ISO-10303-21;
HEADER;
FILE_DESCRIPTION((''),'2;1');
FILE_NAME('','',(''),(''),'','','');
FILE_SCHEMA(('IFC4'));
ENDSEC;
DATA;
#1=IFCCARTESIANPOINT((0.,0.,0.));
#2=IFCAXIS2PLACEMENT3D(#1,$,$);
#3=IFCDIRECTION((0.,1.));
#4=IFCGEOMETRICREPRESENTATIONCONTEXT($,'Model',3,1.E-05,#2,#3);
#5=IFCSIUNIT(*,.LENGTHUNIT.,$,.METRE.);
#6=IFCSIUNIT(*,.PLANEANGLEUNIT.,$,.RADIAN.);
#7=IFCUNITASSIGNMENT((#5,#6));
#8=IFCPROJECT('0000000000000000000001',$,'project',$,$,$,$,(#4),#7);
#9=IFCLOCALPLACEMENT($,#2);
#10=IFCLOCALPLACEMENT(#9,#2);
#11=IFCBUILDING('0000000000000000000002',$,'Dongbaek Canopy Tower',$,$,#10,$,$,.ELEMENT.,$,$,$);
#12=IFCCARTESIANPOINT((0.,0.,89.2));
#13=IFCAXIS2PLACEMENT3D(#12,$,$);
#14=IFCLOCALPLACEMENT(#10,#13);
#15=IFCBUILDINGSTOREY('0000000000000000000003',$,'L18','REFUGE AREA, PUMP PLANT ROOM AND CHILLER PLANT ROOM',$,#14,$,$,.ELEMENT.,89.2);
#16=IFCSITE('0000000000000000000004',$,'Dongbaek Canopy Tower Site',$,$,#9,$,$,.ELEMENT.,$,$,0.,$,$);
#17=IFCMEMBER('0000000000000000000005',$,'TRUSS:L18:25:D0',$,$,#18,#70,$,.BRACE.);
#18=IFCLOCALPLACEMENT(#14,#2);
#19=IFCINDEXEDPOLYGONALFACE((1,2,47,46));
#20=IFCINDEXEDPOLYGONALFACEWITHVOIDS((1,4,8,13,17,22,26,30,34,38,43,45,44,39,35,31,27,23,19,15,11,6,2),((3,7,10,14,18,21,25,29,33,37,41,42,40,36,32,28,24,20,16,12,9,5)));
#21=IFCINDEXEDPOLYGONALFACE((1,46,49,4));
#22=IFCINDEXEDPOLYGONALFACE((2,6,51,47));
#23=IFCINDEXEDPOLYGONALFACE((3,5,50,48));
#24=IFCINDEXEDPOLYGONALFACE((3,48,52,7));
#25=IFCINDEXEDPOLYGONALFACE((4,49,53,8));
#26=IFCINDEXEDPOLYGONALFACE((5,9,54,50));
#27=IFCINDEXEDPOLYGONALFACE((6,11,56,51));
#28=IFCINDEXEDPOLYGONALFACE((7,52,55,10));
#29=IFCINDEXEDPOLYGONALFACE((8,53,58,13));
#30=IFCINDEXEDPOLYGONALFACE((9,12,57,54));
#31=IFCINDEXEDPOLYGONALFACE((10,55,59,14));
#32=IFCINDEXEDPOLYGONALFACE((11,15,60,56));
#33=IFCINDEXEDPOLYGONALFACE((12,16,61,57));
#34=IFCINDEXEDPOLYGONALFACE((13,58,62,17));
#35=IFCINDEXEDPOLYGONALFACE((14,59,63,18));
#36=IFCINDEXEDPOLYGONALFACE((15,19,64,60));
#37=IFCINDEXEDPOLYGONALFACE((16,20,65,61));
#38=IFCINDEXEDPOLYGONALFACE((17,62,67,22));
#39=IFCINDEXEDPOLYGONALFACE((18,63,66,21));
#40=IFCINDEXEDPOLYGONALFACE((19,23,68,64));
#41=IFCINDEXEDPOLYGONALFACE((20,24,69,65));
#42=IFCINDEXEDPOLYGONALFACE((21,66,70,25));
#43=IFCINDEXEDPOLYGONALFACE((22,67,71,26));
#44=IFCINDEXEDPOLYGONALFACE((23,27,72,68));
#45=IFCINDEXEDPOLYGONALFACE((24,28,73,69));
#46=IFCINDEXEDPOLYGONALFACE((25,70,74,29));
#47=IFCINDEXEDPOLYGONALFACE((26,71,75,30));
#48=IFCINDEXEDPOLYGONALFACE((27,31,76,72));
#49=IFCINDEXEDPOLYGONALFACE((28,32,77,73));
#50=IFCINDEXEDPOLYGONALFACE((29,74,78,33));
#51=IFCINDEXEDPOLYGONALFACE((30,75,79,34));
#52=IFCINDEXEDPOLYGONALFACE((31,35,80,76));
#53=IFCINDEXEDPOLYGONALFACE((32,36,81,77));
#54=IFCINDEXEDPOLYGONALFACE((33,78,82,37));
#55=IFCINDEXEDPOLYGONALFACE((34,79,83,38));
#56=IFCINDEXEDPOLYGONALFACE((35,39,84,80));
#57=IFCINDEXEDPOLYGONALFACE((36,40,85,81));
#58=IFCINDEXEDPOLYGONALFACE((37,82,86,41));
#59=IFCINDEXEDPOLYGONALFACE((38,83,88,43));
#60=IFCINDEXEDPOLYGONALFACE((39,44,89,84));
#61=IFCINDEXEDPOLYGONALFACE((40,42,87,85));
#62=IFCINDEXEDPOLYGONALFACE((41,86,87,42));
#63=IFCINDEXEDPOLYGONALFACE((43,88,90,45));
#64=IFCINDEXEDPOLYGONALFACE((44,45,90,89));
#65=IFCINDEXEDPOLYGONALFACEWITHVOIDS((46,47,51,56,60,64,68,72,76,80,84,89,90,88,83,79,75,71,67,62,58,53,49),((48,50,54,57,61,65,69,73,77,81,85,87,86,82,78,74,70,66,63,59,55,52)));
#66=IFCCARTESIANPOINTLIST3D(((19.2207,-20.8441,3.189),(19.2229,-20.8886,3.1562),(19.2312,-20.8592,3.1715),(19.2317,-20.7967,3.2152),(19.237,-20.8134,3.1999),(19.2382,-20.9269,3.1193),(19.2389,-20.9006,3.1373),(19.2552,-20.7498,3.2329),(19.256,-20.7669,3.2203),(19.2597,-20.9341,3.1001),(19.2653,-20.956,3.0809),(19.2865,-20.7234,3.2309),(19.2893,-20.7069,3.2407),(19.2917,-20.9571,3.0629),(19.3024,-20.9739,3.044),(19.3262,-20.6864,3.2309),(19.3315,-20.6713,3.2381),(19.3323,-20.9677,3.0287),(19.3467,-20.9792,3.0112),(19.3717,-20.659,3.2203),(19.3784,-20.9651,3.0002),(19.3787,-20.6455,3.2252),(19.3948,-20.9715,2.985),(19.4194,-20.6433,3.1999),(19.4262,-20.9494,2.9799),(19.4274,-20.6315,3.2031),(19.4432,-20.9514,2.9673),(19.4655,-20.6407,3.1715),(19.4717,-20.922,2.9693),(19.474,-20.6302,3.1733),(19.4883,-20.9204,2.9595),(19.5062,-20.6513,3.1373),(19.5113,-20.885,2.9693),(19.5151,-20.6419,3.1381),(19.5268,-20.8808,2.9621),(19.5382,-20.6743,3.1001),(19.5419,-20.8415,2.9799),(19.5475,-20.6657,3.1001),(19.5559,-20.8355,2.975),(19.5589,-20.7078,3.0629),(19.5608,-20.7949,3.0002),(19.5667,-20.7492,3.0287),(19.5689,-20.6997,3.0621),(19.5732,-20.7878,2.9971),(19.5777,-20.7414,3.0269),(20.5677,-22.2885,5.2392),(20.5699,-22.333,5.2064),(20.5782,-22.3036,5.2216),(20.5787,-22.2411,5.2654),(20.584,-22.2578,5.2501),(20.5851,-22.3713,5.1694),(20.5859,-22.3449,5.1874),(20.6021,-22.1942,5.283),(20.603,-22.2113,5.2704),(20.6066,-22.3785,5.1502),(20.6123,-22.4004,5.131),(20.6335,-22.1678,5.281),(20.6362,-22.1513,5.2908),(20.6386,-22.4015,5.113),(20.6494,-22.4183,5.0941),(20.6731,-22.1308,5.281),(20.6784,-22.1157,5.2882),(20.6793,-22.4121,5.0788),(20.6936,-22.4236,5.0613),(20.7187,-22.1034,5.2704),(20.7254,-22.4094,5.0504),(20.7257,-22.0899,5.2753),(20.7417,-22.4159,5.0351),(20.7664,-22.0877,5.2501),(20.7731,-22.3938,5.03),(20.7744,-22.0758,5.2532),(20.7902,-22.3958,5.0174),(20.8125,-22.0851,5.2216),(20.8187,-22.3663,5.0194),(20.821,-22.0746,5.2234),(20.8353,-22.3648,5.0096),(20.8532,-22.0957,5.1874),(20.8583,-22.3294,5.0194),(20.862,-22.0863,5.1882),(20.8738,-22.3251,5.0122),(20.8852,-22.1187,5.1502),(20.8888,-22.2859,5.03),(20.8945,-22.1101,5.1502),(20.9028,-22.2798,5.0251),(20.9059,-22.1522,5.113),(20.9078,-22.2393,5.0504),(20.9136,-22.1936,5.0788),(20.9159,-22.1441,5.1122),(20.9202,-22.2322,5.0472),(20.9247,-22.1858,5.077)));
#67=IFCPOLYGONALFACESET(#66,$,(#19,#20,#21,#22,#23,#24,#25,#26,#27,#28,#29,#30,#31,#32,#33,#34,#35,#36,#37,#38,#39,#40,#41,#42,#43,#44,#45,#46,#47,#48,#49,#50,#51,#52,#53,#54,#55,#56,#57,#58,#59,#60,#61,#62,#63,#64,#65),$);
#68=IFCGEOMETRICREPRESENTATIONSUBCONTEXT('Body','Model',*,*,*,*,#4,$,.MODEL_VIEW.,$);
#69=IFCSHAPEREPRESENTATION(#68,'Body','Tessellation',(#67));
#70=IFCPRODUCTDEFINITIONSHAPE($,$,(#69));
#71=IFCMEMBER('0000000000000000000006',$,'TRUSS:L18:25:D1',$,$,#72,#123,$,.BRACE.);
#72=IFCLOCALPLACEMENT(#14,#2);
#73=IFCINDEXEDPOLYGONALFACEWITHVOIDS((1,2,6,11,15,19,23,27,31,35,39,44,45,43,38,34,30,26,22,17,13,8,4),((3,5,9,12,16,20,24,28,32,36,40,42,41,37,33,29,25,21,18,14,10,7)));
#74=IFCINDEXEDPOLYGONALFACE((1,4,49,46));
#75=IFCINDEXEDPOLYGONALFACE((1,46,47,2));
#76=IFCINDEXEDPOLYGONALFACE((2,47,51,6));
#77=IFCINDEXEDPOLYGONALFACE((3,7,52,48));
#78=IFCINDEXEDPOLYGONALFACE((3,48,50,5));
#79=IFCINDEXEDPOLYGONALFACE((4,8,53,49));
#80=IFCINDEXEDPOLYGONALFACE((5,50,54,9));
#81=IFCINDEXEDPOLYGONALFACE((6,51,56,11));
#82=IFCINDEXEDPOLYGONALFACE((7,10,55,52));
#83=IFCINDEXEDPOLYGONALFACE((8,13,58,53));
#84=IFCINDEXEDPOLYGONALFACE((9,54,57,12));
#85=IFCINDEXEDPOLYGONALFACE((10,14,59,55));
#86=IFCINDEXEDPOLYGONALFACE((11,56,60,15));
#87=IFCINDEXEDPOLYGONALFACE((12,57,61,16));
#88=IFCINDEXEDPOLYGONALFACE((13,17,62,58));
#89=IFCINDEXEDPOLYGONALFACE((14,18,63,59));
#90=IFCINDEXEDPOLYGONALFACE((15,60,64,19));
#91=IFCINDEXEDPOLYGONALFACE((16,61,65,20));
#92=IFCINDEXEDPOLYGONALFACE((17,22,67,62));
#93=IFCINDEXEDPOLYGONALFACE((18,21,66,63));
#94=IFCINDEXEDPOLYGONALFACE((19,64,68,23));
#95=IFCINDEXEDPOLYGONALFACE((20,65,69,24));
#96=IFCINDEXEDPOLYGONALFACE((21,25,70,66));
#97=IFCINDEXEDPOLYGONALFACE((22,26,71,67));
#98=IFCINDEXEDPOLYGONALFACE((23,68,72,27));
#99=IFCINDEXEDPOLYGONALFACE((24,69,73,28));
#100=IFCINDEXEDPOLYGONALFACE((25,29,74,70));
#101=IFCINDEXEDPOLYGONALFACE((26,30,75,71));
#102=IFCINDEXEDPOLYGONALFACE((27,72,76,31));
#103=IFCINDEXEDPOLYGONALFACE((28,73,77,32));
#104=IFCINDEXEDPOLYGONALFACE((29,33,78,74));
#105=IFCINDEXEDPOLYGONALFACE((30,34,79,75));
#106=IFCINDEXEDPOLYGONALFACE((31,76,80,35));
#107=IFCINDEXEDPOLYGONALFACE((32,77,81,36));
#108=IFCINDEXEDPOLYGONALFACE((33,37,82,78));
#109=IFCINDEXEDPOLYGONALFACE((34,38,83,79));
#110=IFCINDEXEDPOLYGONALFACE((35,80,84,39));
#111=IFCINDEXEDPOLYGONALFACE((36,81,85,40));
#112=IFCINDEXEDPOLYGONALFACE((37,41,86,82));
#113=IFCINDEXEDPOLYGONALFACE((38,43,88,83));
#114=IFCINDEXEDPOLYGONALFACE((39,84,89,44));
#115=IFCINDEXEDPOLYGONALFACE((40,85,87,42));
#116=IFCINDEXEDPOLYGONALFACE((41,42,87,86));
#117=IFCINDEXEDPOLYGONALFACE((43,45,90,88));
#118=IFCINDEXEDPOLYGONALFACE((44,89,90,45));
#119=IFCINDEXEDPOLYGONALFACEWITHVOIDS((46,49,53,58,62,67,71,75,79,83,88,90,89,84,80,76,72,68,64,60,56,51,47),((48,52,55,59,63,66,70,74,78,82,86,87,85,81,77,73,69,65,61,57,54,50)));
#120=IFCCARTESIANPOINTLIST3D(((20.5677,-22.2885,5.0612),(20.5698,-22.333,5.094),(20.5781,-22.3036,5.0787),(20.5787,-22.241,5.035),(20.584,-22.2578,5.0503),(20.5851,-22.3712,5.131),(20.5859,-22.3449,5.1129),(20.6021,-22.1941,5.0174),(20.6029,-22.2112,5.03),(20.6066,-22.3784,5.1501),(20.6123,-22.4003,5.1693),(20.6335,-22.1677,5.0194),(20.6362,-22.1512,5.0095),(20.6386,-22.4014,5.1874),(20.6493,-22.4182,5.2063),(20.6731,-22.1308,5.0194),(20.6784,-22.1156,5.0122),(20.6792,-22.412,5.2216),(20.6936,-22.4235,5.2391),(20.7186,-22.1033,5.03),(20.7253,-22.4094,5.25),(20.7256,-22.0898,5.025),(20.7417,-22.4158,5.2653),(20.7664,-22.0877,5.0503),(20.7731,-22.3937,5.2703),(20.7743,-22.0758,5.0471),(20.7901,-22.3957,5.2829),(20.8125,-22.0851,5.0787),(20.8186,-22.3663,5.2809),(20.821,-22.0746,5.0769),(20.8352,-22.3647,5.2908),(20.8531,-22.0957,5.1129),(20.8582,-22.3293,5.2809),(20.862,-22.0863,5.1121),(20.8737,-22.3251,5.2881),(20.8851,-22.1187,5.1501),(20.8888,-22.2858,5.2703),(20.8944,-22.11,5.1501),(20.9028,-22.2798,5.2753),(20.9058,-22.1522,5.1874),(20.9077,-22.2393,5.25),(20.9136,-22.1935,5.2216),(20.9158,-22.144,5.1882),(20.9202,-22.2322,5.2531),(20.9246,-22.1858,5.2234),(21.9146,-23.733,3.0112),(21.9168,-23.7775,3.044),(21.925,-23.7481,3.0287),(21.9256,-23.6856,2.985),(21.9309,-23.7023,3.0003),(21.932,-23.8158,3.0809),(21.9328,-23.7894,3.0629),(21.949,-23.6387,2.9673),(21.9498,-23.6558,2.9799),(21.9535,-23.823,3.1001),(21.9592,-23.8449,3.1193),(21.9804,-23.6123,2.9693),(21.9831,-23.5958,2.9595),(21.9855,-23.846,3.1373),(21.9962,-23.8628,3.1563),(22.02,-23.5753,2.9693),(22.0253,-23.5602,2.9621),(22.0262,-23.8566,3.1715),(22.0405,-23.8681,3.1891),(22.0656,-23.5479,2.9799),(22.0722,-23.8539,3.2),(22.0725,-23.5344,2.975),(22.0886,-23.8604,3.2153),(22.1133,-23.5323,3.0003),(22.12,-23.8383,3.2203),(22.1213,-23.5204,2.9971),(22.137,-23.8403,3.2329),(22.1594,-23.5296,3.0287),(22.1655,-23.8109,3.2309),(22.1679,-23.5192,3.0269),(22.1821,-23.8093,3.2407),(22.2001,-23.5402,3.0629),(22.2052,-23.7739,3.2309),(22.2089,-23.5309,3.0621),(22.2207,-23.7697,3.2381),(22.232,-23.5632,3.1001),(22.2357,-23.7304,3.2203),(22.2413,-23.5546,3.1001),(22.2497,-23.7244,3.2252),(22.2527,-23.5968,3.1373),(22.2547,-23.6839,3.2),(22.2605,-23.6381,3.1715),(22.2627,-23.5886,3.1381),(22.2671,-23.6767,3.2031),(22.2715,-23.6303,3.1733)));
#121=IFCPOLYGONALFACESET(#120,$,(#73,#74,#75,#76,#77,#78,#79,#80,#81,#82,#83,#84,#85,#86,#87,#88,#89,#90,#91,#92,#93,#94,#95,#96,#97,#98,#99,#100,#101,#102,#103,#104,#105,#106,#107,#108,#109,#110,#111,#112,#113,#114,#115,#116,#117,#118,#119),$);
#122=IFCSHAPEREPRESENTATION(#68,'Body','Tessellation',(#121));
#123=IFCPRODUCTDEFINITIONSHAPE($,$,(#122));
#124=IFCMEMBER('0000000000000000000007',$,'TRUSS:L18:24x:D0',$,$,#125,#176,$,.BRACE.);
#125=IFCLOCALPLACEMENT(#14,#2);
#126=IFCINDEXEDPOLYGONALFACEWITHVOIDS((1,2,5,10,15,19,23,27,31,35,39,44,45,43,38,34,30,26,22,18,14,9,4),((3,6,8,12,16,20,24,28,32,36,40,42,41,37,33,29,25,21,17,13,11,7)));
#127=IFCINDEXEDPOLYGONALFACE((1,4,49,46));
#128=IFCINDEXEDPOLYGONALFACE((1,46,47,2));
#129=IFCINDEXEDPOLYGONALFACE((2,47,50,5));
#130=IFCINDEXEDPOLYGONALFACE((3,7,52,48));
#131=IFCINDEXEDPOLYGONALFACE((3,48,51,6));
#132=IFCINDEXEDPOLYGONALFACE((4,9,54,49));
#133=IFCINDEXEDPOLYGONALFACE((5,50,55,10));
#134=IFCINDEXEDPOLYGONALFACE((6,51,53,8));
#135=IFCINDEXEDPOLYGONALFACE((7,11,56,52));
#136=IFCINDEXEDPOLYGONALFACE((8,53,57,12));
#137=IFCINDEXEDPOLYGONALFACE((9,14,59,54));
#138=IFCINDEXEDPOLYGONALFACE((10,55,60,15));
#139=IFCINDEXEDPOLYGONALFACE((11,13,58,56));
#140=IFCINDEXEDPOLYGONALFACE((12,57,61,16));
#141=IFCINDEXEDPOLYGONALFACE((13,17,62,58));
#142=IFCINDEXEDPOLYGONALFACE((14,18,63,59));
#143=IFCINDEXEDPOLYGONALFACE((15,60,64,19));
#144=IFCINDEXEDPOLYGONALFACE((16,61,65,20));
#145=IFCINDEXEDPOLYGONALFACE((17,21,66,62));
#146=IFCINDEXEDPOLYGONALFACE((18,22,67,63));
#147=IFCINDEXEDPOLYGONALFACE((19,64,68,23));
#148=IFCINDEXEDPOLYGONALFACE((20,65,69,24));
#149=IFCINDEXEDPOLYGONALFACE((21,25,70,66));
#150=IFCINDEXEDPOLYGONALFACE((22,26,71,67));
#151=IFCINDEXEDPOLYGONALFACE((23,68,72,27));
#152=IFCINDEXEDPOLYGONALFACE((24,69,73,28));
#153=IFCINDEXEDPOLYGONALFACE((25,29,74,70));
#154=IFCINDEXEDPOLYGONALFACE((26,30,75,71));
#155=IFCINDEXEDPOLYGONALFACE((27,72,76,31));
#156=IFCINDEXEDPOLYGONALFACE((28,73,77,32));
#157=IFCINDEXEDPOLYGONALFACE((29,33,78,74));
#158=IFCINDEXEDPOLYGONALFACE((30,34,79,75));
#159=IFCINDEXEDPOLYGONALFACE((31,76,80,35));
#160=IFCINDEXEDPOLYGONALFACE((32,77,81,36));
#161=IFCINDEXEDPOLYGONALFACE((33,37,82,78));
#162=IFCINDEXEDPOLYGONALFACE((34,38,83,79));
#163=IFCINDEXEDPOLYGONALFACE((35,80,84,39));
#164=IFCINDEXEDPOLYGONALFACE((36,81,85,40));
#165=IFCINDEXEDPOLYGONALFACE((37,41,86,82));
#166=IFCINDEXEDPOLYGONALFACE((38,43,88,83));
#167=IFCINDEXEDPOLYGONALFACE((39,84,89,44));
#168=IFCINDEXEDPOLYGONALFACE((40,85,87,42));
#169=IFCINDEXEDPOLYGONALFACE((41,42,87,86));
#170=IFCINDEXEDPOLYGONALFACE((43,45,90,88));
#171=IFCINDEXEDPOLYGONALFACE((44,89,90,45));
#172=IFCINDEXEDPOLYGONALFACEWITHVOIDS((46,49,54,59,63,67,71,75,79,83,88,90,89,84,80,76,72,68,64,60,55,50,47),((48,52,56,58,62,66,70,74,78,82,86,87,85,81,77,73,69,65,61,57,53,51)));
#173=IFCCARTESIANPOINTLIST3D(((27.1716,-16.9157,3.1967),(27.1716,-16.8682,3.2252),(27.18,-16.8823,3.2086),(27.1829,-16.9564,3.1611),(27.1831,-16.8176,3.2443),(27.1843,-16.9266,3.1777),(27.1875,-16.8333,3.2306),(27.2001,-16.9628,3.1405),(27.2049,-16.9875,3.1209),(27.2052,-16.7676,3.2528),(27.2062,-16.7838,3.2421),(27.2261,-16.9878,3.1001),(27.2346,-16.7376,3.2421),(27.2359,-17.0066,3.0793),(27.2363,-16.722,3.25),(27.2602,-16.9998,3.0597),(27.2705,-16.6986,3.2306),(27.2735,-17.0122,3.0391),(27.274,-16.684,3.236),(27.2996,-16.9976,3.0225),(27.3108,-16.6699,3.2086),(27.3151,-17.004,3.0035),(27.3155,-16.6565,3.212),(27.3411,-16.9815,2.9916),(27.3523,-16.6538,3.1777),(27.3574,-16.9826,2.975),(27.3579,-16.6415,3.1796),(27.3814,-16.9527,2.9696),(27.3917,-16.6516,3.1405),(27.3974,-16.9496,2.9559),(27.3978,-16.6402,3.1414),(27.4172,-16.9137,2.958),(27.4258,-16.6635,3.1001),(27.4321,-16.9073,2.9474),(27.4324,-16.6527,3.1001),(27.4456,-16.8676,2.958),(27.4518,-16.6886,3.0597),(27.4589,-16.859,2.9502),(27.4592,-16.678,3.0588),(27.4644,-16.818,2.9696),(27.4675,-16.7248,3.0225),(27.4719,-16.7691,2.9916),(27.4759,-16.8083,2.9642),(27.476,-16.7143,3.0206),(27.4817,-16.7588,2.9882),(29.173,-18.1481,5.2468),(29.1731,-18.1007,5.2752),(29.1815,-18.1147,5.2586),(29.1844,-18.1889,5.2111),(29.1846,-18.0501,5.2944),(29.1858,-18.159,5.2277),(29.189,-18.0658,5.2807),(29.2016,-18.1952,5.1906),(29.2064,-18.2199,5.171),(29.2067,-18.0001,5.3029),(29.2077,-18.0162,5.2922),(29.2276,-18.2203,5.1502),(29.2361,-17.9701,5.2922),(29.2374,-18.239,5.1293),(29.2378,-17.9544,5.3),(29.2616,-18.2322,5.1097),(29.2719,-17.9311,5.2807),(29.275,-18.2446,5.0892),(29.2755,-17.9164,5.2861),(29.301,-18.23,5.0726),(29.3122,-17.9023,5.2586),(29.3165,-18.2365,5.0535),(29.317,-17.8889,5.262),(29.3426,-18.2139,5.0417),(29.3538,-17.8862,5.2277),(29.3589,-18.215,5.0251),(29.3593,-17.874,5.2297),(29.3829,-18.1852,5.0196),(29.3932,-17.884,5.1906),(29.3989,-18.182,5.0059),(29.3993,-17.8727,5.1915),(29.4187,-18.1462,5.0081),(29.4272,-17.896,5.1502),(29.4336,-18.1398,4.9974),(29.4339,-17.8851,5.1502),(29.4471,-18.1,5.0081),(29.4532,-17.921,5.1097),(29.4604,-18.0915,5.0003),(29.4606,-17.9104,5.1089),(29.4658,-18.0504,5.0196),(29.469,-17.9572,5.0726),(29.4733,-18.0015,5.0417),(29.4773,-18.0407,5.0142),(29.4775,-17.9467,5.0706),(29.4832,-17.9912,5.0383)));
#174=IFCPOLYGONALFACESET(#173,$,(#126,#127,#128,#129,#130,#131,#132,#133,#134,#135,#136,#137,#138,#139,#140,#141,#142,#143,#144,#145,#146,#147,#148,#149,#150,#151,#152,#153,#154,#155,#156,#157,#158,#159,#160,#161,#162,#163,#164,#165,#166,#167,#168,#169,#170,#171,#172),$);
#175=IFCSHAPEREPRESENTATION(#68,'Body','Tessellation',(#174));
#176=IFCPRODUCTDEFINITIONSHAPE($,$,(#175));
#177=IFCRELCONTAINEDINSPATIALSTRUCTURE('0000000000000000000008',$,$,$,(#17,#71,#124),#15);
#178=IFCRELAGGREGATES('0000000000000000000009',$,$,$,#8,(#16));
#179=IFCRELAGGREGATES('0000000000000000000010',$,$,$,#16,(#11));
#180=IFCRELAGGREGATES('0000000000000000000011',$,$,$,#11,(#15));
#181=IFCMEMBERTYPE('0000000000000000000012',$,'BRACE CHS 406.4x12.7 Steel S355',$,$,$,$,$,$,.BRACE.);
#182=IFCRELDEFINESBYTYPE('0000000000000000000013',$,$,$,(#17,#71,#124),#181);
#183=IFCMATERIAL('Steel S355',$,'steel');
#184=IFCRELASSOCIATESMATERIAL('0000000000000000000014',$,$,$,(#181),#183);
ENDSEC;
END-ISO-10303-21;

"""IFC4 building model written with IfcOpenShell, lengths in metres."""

from ifc_helpers import new_model, si_unit, direction, frame, origin, origin_2d, place, context, subcontext, project, spatial, hollow_circle, extrude, material, material_profile, profile_set, type_object, element, save


model = new_model("IFC4")

# Units and contexts
model_context = context("Model", 3, precision=1e-05, world=origin(), true_north=direction((0.0, 1.0)))
body_context = subcontext(model_context, "Body", "Model", "MODEL_VIEW")
ifc_project = project(units=[si_unit("LENGTHUNIT", "METRE"), si_unit("PLANEANGLEUNIT", "RADIAN")], contexts=[model_context])

# Site, building, storey
site_placement = place(None, origin())
site = spatial("IfcSite", under=ifc_project, at=site_placement, Name="Dongbaek Canopy Tower Site", CompositionType="ELEMENT", RefElevation=0.0)
building_placement = place(site_placement, origin())
building = spatial("IfcBuilding", under=site, at=building_placement, Name="Dongbaek Canopy Tower", CompositionType="ELEMENT")
storey_placement = place(building_placement, frame((0.0, 0.0, 89.2)))
storey = spatial("IfcBuildingStorey", under=building, at=storey_placement, Name="L18", Description="REFUGE AREA, PUMP PLANT ROOM AND CHILLER PLANT ROOM", CompositionType="ELEMENT", Elevation=89.2)

# Members
ifc_material_1 = material(Name="Steel S355", Category="steel")
ifc_material_profile_1 = material_profile(ifc_material_1, hollow_circle(Radius=0.2031, WallThickness=0.0127, at=origin_2d()), Name="BRACE CHS 406.4x12.7 Steel S355")
ifc_profile_set_1 = profile_set([ifc_material_profile_1], Name="Steel S355")
member_type_1 = type_object("IfcMemberType", Name="BRACE CHS 406.4x12.7 Steel S355", PredefinedType="BRACE", material=ifc_profile_set_1)
for number, where, z_axis, x_axis, name in (
    (1, (19.3989, -20.8042, 3.1001), (0.473173, -0.507394, 0.72018), (0.731339, 0.682014, 0.0), "TRUSS:L18:25:D0"),
    (2, (20.7458, -22.2485, 5.1501), (0.473152, -0.507457, -0.720149), (0.731396, 0.681953, 0.0), "TRUSS:L18:25:D1"),
):
    element("IfcMember", number, at=place(storey_placement, frame(where, z_axis=z_axis, x_axis=x_axis)), inside=storey, type_object=member_type_1, Name=name, PredefinedType="BRACE", context=body_context, shape_type="SweptSolid", body=[
        extrude(hollow_circle(Radius=0.2031, WallThickness=0.0127, at=origin_2d()), origin(), (0.0, 0.0, 1.0), 2.8467),
    ])
member_1_placement = place(storey_placement, frame((27.3259, -16.8257, 3.1001), z_axis=(0.641725, -0.395149, 0.657302), x_axis=(0.524329, 0.851516, 0.0)))
element("IfcMember", 3, at=member_1_placement, inside=storey, type_object=member_type_1, Name="TRUSS:L18:24x:D0", PredefinedType="BRACE", context=body_context, shape_type="SweptSolid", body=[
    extrude(hollow_circle(Radius=0.2031, WallThickness=0.0127, at=origin_2d()), origin(), (0.0, 0.0, 1.0), 3.1189),
])

save(model, "model.ifc")
